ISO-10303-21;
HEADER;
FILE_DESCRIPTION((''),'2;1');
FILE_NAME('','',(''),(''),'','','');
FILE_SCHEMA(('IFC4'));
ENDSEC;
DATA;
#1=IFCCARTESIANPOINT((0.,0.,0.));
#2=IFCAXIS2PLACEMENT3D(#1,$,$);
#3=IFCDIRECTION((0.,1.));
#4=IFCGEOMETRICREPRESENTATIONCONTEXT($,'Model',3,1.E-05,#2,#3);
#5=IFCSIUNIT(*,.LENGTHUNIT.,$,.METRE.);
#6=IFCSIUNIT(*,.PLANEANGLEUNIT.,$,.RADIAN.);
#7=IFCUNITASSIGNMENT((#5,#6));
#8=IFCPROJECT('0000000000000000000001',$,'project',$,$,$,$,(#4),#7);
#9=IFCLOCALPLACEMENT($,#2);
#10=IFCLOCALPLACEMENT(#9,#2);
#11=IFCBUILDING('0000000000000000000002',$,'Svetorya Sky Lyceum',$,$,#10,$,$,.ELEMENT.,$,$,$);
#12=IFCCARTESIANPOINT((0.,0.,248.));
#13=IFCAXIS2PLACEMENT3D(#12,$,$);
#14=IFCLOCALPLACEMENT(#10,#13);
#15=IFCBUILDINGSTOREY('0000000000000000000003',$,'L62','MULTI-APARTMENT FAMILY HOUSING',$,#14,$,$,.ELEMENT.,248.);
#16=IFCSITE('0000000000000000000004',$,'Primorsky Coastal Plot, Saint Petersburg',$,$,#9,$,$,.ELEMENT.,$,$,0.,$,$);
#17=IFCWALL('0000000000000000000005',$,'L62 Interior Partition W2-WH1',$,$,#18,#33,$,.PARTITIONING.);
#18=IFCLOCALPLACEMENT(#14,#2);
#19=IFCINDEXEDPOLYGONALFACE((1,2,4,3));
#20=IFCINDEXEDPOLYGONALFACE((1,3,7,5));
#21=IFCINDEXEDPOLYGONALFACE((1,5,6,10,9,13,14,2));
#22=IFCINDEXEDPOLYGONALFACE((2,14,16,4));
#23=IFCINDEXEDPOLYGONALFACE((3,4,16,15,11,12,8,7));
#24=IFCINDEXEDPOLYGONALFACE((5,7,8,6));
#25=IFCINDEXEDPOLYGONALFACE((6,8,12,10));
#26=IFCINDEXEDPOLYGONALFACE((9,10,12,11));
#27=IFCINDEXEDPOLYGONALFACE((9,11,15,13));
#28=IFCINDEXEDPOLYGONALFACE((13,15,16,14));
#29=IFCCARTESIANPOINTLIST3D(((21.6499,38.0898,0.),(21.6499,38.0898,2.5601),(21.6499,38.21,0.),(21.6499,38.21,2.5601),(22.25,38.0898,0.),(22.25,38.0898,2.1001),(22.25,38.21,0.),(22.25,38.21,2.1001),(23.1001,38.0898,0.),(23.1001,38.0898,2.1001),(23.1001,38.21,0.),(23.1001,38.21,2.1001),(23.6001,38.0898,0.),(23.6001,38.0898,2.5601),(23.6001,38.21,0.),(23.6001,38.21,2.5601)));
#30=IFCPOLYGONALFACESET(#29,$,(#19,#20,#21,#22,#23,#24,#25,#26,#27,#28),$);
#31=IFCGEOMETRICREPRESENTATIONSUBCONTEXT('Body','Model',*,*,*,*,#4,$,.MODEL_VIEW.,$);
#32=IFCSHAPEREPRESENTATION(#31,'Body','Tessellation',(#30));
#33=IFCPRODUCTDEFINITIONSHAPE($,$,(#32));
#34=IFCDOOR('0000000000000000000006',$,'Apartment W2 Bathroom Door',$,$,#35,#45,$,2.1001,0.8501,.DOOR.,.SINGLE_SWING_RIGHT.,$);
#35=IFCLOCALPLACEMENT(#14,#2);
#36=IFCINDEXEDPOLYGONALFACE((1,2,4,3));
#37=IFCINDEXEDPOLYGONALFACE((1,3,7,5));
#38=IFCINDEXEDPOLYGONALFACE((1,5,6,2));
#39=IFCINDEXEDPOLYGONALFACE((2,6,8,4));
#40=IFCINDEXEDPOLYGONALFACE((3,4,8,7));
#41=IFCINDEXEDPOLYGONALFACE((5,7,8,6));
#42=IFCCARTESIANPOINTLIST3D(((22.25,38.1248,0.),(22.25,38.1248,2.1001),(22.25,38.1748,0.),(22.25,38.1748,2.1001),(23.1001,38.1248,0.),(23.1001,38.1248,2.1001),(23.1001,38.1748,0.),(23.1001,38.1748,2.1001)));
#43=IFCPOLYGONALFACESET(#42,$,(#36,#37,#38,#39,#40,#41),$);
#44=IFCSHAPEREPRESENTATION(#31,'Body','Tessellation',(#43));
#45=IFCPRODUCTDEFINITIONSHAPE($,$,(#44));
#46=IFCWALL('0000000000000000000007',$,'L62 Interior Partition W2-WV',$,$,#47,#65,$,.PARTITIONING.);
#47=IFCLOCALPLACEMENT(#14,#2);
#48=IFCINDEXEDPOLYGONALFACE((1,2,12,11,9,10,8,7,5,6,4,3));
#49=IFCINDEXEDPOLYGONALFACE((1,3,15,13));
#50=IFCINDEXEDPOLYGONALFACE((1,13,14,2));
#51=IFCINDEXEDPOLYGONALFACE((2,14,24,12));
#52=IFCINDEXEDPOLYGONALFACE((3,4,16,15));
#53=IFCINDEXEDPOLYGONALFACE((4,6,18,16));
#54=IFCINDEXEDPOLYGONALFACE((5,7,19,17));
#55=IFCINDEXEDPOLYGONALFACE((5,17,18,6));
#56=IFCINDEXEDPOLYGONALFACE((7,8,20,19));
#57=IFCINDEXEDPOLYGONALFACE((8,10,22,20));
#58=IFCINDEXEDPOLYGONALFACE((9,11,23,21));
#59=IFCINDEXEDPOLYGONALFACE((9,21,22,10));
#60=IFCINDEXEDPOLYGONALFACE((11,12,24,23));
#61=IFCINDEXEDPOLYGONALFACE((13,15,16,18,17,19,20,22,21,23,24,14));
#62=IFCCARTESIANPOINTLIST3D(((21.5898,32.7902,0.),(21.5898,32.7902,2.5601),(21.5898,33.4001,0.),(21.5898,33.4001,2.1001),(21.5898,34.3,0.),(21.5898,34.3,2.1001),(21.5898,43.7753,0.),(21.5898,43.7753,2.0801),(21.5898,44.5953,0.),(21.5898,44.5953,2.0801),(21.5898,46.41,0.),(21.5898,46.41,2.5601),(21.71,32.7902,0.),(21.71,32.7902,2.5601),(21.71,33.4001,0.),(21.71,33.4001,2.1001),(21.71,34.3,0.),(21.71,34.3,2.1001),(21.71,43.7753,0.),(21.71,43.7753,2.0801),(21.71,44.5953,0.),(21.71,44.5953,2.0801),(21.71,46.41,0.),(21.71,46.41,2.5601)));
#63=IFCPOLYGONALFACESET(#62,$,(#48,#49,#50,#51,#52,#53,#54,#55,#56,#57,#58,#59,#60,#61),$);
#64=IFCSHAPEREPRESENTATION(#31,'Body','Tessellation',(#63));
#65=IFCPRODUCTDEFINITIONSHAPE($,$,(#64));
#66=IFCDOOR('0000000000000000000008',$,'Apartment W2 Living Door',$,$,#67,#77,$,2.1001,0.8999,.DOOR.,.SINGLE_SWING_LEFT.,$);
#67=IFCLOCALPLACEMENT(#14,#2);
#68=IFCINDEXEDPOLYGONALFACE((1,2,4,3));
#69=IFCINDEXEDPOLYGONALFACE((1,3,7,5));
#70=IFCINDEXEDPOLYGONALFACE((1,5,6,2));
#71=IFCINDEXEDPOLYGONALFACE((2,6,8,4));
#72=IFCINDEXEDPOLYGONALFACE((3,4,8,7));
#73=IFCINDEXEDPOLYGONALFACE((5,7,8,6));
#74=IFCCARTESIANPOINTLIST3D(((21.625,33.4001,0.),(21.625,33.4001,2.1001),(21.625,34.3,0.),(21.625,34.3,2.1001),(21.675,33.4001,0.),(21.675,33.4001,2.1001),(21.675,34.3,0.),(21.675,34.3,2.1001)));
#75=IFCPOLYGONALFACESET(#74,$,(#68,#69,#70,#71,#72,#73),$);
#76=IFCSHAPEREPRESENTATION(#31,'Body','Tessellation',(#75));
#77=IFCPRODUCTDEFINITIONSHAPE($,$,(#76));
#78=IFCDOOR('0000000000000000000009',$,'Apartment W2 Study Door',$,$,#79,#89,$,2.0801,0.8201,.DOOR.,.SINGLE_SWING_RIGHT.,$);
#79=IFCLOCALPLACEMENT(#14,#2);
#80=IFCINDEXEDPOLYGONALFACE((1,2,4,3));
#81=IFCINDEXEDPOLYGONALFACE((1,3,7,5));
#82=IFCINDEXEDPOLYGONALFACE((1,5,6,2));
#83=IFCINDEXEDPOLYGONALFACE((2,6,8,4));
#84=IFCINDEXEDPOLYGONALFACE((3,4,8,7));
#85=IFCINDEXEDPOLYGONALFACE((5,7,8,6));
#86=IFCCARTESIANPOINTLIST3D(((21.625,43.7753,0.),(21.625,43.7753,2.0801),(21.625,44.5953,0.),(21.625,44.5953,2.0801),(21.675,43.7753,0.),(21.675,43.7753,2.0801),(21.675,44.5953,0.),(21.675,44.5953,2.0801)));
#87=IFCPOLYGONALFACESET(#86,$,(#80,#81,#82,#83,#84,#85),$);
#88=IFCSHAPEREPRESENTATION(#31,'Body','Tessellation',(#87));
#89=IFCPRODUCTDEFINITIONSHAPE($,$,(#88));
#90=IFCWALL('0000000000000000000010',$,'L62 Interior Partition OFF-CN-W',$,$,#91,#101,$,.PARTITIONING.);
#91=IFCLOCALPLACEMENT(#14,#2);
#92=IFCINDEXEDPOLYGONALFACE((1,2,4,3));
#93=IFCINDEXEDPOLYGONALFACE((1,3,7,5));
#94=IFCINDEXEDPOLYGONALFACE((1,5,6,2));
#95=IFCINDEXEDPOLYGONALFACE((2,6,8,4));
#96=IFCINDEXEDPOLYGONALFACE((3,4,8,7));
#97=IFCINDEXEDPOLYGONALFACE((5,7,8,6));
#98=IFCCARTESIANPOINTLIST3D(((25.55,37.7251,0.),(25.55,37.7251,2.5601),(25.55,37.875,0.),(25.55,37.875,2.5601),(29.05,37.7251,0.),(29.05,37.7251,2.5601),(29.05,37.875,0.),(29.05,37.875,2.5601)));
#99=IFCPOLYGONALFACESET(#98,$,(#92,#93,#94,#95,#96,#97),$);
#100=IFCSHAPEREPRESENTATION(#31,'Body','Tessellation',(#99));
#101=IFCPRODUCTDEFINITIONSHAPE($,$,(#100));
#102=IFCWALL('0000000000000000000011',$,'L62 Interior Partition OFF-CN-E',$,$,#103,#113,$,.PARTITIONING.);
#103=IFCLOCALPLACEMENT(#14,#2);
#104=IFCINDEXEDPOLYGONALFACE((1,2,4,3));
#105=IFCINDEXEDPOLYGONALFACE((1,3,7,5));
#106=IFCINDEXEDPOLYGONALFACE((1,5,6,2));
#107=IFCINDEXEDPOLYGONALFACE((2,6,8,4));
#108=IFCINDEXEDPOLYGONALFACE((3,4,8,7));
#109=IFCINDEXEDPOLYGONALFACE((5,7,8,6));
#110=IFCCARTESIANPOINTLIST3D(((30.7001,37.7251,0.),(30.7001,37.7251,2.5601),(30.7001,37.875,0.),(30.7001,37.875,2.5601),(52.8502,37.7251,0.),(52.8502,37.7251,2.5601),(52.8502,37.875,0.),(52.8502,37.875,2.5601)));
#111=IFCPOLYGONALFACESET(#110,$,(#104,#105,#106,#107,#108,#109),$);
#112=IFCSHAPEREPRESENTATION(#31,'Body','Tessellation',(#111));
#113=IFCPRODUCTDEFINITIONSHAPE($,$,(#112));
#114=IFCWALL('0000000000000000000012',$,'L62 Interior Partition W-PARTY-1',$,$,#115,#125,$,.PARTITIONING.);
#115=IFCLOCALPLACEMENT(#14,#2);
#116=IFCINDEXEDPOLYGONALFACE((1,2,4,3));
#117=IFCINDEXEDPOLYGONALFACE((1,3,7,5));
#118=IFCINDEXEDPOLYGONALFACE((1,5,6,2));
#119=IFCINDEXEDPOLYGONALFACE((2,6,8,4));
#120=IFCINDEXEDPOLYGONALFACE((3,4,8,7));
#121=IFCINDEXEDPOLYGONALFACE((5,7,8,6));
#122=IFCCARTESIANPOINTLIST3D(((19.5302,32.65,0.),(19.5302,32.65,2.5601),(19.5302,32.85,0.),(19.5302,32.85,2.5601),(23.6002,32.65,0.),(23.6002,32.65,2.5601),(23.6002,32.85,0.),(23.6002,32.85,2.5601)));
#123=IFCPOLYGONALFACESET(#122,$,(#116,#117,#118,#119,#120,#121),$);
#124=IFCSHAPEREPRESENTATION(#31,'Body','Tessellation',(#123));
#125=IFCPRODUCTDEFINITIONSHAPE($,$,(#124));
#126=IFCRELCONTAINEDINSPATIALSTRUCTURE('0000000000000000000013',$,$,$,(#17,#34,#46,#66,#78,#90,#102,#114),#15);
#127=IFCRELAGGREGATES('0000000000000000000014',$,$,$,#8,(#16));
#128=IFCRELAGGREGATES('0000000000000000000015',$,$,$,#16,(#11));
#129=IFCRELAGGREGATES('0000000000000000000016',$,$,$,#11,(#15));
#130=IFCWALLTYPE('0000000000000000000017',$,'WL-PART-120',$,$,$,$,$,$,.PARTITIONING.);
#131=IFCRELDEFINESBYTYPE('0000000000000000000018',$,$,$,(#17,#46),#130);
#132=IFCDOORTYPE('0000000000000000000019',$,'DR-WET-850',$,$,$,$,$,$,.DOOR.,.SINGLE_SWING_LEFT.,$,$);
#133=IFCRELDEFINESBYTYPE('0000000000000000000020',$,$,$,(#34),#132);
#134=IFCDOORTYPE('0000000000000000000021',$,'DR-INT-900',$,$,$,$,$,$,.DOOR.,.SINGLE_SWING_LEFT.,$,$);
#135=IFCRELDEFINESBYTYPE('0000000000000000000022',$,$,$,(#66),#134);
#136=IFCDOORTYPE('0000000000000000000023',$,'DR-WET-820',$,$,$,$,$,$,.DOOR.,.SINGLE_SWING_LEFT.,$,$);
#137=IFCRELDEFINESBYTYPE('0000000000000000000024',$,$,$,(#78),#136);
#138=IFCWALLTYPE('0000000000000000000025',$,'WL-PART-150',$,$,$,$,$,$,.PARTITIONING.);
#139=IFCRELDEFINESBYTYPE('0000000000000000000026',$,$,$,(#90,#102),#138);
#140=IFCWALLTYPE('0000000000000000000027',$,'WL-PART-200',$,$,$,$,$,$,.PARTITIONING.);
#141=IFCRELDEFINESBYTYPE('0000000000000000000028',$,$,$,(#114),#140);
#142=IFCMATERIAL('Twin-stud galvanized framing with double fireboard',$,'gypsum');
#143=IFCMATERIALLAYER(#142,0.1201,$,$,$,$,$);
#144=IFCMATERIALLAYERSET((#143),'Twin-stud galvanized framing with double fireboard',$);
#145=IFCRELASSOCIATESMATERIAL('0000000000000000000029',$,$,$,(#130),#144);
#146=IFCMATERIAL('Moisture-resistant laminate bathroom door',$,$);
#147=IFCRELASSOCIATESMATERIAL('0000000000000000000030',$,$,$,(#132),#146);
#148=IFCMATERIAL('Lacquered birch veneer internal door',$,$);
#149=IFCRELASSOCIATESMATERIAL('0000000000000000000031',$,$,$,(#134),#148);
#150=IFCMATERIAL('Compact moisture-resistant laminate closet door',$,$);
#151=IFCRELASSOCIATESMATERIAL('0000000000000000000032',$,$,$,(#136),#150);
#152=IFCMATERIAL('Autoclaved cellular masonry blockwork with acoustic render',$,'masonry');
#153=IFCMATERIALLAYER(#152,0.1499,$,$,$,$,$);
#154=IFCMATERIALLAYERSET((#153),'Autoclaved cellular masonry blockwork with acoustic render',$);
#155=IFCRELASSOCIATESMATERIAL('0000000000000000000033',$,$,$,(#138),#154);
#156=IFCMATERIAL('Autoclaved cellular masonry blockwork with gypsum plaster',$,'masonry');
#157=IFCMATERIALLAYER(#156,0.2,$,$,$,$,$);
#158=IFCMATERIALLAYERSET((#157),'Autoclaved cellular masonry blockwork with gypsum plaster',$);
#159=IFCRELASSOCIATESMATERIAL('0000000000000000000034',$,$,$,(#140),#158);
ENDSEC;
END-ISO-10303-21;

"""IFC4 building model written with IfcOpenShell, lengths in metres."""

from ifc_helpers import new_model, si_unit, direction, frame, frame_2d, origin, place, context, subcontext, project, spatial, rectangle, extrude, material, layer, layer_set, type_object, element, fill, save


model = new_model("IFC4")

# Units and contexts
model_context = context("Model", 3, precision=1e-05, world=origin(), true_north=direction((0.0, 1.0)))
body_context = subcontext(model_context, "Body", "Model", "MODEL_VIEW")
ifc_project = project(units=[si_unit("LENGTHUNIT", "METRE"), si_unit("PLANEANGLEUNIT", "RADIAN")], contexts=[model_context])

# Site, building, storey
site_placement = place(None, origin())
site = spatial("IfcSite", under=ifc_project, at=site_placement, Name="Primorsky Coastal Plot, Saint Petersburg", CompositionType="ELEMENT", RefElevation=0.0)
building_placement = place(site_placement, origin())
building = spatial("IfcBuilding", under=site, at=building_placement, Name="Svetorya Sky Lyceum", CompositionType="ELEMENT")
storey_placement = place(building_placement, frame((0.0, 0.0, 248.0)))
storey = spatial("IfcBuildingStorey", under=building, at=storey_placement, Name="L62", Description="MULTI-APARTMENT FAMILY HOUSING", CompositionType="ELEMENT", Elevation=248.0)

# Wall, opening, door
ifc_material_1 = material(Name="Twin-stud galvanized framing with double fireboard", Category="gypsum")
ifc_layer_1 = layer(ifc_material_1, 0.1201)
ifc_layer_set_1 = layer_set([ifc_layer_1], Name="Twin-stud galvanized framing with double fireboard")
wall_type_1 = type_object("IfcWallType", Name="WL-PART-120", PredefinedType="PARTITIONING", material=ifc_layer_set_1)
wall_1_placement = place(storey_placement, frame((21.6499, 38.1499, 0.0), z_axis=(0.0, 0.0, 1.0), x_axis=(1.0, 0.0, 0.0)))
wall_1 = element("IfcWall", 1, at=wall_1_placement, inside=storey, type_object=wall_type_1, Name="L62 Interior Partition W2-WH1", PredefinedType="PARTITIONING", context=body_context, shape_type="SweptSolid", body=[
    extrude(rectangle(XDim=1.9502, YDim=0.1201, at=frame_2d((0.9751, 0.0))), origin(), (0.0, 0.0, 1.0), 2.5601),
])
opening_1_placement = place(wall_1_placement, frame((0.6001, 0.0, 0.0)))
opening_1 = element("IfcOpeningElement", 2, at=opening_1_placement, cuts=wall_1, PredefinedType="OPENING", context=body_context, shape_type="SweptSolid", body=[
    extrude(rectangle(XDim=0.8501, YDim=2.1001, at=frame_2d((0.425, 1.05))), frame((0.0, 0.0701, 0.0), z_axis=(0.0, -1.0, 0.0), x_axis=(1.0, 0.0, 0.0)), (0.0, 0.0, 1.0), 0.1401),
])
ifc_material_2 = material(Name="Moisture-resistant laminate bathroom door")
door_type_1 = type_object("IfcDoorType", Name="DR-WET-850", OperationType="SINGLE_SWING_LEFT", PredefinedType="DOOR", material=ifc_material_2)
door_1_placement = place(opening_1_placement, origin())
door_1 = element("IfcDoor", 3, at=door_1_placement, inside=storey, type_object=door_type_1, Name="Apartment W2 Bathroom Door", OperationType="SINGLE_SWING_RIGHT", OverallHeight=2.1001, OverallWidth=0.8501, PredefinedType="DOOR", context=body_context, shape_type="SweptSolid", body=[
    extrude(rectangle(XDim=0.8501, YDim=2.1001, at=frame_2d((0.425, 1.05))), frame((0.0, 0.0249, 0.0), z_axis=(0.0, -1.0, 0.0), x_axis=(1.0, 0.0, 0.0)), (0.0, 0.0, 1.0), 0.05),
])
fill(opening_1, door_1)

# Wall, openings, doors
wall_2_placement = place(storey_placement, frame((21.6499, 32.79, 0.0), z_axis=(0.0, 0.0, 1.0), x_axis=(0.0, 1.0, 0.0)))
wall_2 = element("IfcWall", 4, at=wall_2_placement, inside=storey, type_object=wall_type_1, Name="L62 Interior Partition W2-WV", PredefinedType="PARTITIONING", context=body_context, shape_type="SweptSolid", body=[
    extrude(rectangle(XDim=13.6199, YDim=0.1201, at=frame_2d((6.8101, 0.0))), origin(), (0.0, 0.0, 1.0), 2.5601),
])
opening_2_placement = place(wall_2_placement, frame((0.6101, 0.0, 0.0)))
opening_2 = element("IfcOpeningElement", 5, at=opening_2_placement, cuts=wall_2, PredefinedType="OPENING", context=body_context, shape_type="SweptSolid", body=[
    extrude(rectangle(XDim=0.8999, YDim=2.1001, at=frame_2d((0.45, 1.05))), frame((0.0, 0.0701, 0.0), z_axis=(0.0, -1.0, 0.0), x_axis=(1.0, 0.0, 0.0)), (0.0, 0.0, 1.0), 0.1401),
])
opening_3_placement = place(wall_2_placement, frame((10.9851, 0.0, 0.0)))
opening_3 = element("IfcOpeningElement", 6, at=opening_3_placement, cuts=wall_2, PredefinedType="OPENING", context=body_context, shape_type="SweptSolid", body=[
    extrude(rectangle(XDim=0.8201, YDim=2.0801, at=frame_2d((0.4102, 1.04))), frame((0.0, 0.0701, 0.0), z_axis=(0.0, -1.0, 0.0), x_axis=(1.0, 0.0, 0.0)), (0.0, 0.0, 1.0), 0.1401),
])
ifc_material_3 = material(Name="Lacquered birch veneer internal door")
door_type_2 = type_object("IfcDoorType", Name="DR-INT-900", OperationType="SINGLE_SWING_LEFT", PredefinedType="DOOR", material=ifc_material_3)
door_2_placement = place(opening_2_placement, origin())
door_2 = element("IfcDoor", 7, at=door_2_placement, inside=storey, type_object=door_type_2, Name="Apartment W2 Living Door", OperationType="SINGLE_SWING_LEFT", OverallHeight=2.1001, OverallWidth=0.8999, PredefinedType="DOOR", context=body_context, shape_type="SweptSolid", body=[
    extrude(rectangle(XDim=0.8999, YDim=2.1001, at=frame_2d((0.45, 1.05))), frame((0.0, 0.0249, 0.0), z_axis=(0.0, -1.0, 0.0), x_axis=(1.0, 0.0, 0.0)), (0.0, 0.0, 1.0), 0.05),
])
fill(opening_2, door_2)
ifc_material_4 = material(Name="Compact moisture-resistant laminate closet door")
door_type_3 = type_object("IfcDoorType", Name="DR-WET-820", OperationType="SINGLE_SWING_LEFT", PredefinedType="DOOR", material=ifc_material_4)
door_3_placement = place(opening_3_placement, origin())
door_3 = element("IfcDoor", 8, at=door_3_placement, inside=storey, type_object=door_type_3, Name="Apartment W2 Study Door", OperationType="SINGLE_SWING_RIGHT", OverallHeight=2.0801, OverallWidth=0.8201, PredefinedType="DOOR", context=body_context, shape_type="SweptSolid", body=[
    extrude(rectangle(XDim=0.8201, YDim=2.0801, at=frame_2d((0.4102, 1.04))), frame((0.0, 0.0249, 0.0), z_axis=(0.0, -1.0, 0.0), x_axis=(1.0, 0.0, 0.0)), (0.0, 0.0, 1.0), 0.05),
])
fill(opening_3, door_3)

# Walls
ifc_material_5 = material(Name="Autoclaved cellular masonry blockwork with acoustic render", Category="masonry")
ifc_layer_2 = layer(ifc_material_5, 0.1499)
ifc_layer_set_2 = layer_set([ifc_layer_2], Name="Autoclaved cellular masonry blockwork with acoustic render")
wall_type_2 = type_object("IfcWallType", Name="WL-PART-150", PredefinedType="PARTITIONING", material=ifc_layer_set_2)
wall_3_placement = place(storey_placement, frame((25.55, 37.8, 0.0), z_axis=(0.0, 0.0, 1.0), x_axis=(1.0, 0.0, 0.0)))
element("IfcWall", 9, at=wall_3_placement, inside=storey, type_object=wall_type_2, Name="L62 Interior Partition OFF-CN-W", PredefinedType="PARTITIONING", context=body_context, shape_type="SweptSolid", body=[
    extrude(rectangle(XDim=3.5, YDim=0.1499, at=frame_2d((1.75, 0.0))), origin(), (0.0, 0.0, 1.0), 2.5601),
])
wall_4_placement = place(storey_placement, frame((30.7, 37.8, 0.0), z_axis=(0.0, 0.0, 1.0), x_axis=(1.0, 0.0, 0.0)))
element("IfcWall", 10, at=wall_4_placement, inside=storey, type_object=wall_type_2, Name="L62 Interior Partition OFF-CN-E", PredefinedType="PARTITIONING", context=body_context, shape_type="SweptSolid", body=[
    extrude(rectangle(XDim=22.1501, YDim=0.1499, at=frame_2d((11.0752, 0.0))), origin(), (0.0, 0.0, 1.0), 2.5601),
])
ifc_material_6 = material(Name="Autoclaved cellular masonry blockwork with gypsum plaster", Category="masonry")
ifc_layer_3 = layer(ifc_material_6, 0.2)
ifc_layer_set_3 = layer_set([ifc_layer_3], Name="Autoclaved cellular masonry blockwork with gypsum plaster")
wall_type_3 = type_object("IfcWallType", Name="WL-PART-200", PredefinedType="PARTITIONING", material=ifc_layer_set_3)
wall_5_placement = place(storey_placement, frame((19.53, 32.75, 0.0), z_axis=(0.0, 0.0, 1.0), x_axis=(1.0, 0.0, 0.0)))
element("IfcWall", 11, at=wall_5_placement, inside=storey, type_object=wall_type_3, Name="L62 Interior Partition W-PARTY-1", PredefinedType="PARTITIONING", context=body_context, shape_type="SweptSolid", body=[
    extrude(rectangle(XDim=4.0701, YDim=0.2, at=frame_2d((2.0352, 0.0))), origin(), (0.0, 0.0, 1.0), 2.5601),
])

save(model, "model.ifc")
